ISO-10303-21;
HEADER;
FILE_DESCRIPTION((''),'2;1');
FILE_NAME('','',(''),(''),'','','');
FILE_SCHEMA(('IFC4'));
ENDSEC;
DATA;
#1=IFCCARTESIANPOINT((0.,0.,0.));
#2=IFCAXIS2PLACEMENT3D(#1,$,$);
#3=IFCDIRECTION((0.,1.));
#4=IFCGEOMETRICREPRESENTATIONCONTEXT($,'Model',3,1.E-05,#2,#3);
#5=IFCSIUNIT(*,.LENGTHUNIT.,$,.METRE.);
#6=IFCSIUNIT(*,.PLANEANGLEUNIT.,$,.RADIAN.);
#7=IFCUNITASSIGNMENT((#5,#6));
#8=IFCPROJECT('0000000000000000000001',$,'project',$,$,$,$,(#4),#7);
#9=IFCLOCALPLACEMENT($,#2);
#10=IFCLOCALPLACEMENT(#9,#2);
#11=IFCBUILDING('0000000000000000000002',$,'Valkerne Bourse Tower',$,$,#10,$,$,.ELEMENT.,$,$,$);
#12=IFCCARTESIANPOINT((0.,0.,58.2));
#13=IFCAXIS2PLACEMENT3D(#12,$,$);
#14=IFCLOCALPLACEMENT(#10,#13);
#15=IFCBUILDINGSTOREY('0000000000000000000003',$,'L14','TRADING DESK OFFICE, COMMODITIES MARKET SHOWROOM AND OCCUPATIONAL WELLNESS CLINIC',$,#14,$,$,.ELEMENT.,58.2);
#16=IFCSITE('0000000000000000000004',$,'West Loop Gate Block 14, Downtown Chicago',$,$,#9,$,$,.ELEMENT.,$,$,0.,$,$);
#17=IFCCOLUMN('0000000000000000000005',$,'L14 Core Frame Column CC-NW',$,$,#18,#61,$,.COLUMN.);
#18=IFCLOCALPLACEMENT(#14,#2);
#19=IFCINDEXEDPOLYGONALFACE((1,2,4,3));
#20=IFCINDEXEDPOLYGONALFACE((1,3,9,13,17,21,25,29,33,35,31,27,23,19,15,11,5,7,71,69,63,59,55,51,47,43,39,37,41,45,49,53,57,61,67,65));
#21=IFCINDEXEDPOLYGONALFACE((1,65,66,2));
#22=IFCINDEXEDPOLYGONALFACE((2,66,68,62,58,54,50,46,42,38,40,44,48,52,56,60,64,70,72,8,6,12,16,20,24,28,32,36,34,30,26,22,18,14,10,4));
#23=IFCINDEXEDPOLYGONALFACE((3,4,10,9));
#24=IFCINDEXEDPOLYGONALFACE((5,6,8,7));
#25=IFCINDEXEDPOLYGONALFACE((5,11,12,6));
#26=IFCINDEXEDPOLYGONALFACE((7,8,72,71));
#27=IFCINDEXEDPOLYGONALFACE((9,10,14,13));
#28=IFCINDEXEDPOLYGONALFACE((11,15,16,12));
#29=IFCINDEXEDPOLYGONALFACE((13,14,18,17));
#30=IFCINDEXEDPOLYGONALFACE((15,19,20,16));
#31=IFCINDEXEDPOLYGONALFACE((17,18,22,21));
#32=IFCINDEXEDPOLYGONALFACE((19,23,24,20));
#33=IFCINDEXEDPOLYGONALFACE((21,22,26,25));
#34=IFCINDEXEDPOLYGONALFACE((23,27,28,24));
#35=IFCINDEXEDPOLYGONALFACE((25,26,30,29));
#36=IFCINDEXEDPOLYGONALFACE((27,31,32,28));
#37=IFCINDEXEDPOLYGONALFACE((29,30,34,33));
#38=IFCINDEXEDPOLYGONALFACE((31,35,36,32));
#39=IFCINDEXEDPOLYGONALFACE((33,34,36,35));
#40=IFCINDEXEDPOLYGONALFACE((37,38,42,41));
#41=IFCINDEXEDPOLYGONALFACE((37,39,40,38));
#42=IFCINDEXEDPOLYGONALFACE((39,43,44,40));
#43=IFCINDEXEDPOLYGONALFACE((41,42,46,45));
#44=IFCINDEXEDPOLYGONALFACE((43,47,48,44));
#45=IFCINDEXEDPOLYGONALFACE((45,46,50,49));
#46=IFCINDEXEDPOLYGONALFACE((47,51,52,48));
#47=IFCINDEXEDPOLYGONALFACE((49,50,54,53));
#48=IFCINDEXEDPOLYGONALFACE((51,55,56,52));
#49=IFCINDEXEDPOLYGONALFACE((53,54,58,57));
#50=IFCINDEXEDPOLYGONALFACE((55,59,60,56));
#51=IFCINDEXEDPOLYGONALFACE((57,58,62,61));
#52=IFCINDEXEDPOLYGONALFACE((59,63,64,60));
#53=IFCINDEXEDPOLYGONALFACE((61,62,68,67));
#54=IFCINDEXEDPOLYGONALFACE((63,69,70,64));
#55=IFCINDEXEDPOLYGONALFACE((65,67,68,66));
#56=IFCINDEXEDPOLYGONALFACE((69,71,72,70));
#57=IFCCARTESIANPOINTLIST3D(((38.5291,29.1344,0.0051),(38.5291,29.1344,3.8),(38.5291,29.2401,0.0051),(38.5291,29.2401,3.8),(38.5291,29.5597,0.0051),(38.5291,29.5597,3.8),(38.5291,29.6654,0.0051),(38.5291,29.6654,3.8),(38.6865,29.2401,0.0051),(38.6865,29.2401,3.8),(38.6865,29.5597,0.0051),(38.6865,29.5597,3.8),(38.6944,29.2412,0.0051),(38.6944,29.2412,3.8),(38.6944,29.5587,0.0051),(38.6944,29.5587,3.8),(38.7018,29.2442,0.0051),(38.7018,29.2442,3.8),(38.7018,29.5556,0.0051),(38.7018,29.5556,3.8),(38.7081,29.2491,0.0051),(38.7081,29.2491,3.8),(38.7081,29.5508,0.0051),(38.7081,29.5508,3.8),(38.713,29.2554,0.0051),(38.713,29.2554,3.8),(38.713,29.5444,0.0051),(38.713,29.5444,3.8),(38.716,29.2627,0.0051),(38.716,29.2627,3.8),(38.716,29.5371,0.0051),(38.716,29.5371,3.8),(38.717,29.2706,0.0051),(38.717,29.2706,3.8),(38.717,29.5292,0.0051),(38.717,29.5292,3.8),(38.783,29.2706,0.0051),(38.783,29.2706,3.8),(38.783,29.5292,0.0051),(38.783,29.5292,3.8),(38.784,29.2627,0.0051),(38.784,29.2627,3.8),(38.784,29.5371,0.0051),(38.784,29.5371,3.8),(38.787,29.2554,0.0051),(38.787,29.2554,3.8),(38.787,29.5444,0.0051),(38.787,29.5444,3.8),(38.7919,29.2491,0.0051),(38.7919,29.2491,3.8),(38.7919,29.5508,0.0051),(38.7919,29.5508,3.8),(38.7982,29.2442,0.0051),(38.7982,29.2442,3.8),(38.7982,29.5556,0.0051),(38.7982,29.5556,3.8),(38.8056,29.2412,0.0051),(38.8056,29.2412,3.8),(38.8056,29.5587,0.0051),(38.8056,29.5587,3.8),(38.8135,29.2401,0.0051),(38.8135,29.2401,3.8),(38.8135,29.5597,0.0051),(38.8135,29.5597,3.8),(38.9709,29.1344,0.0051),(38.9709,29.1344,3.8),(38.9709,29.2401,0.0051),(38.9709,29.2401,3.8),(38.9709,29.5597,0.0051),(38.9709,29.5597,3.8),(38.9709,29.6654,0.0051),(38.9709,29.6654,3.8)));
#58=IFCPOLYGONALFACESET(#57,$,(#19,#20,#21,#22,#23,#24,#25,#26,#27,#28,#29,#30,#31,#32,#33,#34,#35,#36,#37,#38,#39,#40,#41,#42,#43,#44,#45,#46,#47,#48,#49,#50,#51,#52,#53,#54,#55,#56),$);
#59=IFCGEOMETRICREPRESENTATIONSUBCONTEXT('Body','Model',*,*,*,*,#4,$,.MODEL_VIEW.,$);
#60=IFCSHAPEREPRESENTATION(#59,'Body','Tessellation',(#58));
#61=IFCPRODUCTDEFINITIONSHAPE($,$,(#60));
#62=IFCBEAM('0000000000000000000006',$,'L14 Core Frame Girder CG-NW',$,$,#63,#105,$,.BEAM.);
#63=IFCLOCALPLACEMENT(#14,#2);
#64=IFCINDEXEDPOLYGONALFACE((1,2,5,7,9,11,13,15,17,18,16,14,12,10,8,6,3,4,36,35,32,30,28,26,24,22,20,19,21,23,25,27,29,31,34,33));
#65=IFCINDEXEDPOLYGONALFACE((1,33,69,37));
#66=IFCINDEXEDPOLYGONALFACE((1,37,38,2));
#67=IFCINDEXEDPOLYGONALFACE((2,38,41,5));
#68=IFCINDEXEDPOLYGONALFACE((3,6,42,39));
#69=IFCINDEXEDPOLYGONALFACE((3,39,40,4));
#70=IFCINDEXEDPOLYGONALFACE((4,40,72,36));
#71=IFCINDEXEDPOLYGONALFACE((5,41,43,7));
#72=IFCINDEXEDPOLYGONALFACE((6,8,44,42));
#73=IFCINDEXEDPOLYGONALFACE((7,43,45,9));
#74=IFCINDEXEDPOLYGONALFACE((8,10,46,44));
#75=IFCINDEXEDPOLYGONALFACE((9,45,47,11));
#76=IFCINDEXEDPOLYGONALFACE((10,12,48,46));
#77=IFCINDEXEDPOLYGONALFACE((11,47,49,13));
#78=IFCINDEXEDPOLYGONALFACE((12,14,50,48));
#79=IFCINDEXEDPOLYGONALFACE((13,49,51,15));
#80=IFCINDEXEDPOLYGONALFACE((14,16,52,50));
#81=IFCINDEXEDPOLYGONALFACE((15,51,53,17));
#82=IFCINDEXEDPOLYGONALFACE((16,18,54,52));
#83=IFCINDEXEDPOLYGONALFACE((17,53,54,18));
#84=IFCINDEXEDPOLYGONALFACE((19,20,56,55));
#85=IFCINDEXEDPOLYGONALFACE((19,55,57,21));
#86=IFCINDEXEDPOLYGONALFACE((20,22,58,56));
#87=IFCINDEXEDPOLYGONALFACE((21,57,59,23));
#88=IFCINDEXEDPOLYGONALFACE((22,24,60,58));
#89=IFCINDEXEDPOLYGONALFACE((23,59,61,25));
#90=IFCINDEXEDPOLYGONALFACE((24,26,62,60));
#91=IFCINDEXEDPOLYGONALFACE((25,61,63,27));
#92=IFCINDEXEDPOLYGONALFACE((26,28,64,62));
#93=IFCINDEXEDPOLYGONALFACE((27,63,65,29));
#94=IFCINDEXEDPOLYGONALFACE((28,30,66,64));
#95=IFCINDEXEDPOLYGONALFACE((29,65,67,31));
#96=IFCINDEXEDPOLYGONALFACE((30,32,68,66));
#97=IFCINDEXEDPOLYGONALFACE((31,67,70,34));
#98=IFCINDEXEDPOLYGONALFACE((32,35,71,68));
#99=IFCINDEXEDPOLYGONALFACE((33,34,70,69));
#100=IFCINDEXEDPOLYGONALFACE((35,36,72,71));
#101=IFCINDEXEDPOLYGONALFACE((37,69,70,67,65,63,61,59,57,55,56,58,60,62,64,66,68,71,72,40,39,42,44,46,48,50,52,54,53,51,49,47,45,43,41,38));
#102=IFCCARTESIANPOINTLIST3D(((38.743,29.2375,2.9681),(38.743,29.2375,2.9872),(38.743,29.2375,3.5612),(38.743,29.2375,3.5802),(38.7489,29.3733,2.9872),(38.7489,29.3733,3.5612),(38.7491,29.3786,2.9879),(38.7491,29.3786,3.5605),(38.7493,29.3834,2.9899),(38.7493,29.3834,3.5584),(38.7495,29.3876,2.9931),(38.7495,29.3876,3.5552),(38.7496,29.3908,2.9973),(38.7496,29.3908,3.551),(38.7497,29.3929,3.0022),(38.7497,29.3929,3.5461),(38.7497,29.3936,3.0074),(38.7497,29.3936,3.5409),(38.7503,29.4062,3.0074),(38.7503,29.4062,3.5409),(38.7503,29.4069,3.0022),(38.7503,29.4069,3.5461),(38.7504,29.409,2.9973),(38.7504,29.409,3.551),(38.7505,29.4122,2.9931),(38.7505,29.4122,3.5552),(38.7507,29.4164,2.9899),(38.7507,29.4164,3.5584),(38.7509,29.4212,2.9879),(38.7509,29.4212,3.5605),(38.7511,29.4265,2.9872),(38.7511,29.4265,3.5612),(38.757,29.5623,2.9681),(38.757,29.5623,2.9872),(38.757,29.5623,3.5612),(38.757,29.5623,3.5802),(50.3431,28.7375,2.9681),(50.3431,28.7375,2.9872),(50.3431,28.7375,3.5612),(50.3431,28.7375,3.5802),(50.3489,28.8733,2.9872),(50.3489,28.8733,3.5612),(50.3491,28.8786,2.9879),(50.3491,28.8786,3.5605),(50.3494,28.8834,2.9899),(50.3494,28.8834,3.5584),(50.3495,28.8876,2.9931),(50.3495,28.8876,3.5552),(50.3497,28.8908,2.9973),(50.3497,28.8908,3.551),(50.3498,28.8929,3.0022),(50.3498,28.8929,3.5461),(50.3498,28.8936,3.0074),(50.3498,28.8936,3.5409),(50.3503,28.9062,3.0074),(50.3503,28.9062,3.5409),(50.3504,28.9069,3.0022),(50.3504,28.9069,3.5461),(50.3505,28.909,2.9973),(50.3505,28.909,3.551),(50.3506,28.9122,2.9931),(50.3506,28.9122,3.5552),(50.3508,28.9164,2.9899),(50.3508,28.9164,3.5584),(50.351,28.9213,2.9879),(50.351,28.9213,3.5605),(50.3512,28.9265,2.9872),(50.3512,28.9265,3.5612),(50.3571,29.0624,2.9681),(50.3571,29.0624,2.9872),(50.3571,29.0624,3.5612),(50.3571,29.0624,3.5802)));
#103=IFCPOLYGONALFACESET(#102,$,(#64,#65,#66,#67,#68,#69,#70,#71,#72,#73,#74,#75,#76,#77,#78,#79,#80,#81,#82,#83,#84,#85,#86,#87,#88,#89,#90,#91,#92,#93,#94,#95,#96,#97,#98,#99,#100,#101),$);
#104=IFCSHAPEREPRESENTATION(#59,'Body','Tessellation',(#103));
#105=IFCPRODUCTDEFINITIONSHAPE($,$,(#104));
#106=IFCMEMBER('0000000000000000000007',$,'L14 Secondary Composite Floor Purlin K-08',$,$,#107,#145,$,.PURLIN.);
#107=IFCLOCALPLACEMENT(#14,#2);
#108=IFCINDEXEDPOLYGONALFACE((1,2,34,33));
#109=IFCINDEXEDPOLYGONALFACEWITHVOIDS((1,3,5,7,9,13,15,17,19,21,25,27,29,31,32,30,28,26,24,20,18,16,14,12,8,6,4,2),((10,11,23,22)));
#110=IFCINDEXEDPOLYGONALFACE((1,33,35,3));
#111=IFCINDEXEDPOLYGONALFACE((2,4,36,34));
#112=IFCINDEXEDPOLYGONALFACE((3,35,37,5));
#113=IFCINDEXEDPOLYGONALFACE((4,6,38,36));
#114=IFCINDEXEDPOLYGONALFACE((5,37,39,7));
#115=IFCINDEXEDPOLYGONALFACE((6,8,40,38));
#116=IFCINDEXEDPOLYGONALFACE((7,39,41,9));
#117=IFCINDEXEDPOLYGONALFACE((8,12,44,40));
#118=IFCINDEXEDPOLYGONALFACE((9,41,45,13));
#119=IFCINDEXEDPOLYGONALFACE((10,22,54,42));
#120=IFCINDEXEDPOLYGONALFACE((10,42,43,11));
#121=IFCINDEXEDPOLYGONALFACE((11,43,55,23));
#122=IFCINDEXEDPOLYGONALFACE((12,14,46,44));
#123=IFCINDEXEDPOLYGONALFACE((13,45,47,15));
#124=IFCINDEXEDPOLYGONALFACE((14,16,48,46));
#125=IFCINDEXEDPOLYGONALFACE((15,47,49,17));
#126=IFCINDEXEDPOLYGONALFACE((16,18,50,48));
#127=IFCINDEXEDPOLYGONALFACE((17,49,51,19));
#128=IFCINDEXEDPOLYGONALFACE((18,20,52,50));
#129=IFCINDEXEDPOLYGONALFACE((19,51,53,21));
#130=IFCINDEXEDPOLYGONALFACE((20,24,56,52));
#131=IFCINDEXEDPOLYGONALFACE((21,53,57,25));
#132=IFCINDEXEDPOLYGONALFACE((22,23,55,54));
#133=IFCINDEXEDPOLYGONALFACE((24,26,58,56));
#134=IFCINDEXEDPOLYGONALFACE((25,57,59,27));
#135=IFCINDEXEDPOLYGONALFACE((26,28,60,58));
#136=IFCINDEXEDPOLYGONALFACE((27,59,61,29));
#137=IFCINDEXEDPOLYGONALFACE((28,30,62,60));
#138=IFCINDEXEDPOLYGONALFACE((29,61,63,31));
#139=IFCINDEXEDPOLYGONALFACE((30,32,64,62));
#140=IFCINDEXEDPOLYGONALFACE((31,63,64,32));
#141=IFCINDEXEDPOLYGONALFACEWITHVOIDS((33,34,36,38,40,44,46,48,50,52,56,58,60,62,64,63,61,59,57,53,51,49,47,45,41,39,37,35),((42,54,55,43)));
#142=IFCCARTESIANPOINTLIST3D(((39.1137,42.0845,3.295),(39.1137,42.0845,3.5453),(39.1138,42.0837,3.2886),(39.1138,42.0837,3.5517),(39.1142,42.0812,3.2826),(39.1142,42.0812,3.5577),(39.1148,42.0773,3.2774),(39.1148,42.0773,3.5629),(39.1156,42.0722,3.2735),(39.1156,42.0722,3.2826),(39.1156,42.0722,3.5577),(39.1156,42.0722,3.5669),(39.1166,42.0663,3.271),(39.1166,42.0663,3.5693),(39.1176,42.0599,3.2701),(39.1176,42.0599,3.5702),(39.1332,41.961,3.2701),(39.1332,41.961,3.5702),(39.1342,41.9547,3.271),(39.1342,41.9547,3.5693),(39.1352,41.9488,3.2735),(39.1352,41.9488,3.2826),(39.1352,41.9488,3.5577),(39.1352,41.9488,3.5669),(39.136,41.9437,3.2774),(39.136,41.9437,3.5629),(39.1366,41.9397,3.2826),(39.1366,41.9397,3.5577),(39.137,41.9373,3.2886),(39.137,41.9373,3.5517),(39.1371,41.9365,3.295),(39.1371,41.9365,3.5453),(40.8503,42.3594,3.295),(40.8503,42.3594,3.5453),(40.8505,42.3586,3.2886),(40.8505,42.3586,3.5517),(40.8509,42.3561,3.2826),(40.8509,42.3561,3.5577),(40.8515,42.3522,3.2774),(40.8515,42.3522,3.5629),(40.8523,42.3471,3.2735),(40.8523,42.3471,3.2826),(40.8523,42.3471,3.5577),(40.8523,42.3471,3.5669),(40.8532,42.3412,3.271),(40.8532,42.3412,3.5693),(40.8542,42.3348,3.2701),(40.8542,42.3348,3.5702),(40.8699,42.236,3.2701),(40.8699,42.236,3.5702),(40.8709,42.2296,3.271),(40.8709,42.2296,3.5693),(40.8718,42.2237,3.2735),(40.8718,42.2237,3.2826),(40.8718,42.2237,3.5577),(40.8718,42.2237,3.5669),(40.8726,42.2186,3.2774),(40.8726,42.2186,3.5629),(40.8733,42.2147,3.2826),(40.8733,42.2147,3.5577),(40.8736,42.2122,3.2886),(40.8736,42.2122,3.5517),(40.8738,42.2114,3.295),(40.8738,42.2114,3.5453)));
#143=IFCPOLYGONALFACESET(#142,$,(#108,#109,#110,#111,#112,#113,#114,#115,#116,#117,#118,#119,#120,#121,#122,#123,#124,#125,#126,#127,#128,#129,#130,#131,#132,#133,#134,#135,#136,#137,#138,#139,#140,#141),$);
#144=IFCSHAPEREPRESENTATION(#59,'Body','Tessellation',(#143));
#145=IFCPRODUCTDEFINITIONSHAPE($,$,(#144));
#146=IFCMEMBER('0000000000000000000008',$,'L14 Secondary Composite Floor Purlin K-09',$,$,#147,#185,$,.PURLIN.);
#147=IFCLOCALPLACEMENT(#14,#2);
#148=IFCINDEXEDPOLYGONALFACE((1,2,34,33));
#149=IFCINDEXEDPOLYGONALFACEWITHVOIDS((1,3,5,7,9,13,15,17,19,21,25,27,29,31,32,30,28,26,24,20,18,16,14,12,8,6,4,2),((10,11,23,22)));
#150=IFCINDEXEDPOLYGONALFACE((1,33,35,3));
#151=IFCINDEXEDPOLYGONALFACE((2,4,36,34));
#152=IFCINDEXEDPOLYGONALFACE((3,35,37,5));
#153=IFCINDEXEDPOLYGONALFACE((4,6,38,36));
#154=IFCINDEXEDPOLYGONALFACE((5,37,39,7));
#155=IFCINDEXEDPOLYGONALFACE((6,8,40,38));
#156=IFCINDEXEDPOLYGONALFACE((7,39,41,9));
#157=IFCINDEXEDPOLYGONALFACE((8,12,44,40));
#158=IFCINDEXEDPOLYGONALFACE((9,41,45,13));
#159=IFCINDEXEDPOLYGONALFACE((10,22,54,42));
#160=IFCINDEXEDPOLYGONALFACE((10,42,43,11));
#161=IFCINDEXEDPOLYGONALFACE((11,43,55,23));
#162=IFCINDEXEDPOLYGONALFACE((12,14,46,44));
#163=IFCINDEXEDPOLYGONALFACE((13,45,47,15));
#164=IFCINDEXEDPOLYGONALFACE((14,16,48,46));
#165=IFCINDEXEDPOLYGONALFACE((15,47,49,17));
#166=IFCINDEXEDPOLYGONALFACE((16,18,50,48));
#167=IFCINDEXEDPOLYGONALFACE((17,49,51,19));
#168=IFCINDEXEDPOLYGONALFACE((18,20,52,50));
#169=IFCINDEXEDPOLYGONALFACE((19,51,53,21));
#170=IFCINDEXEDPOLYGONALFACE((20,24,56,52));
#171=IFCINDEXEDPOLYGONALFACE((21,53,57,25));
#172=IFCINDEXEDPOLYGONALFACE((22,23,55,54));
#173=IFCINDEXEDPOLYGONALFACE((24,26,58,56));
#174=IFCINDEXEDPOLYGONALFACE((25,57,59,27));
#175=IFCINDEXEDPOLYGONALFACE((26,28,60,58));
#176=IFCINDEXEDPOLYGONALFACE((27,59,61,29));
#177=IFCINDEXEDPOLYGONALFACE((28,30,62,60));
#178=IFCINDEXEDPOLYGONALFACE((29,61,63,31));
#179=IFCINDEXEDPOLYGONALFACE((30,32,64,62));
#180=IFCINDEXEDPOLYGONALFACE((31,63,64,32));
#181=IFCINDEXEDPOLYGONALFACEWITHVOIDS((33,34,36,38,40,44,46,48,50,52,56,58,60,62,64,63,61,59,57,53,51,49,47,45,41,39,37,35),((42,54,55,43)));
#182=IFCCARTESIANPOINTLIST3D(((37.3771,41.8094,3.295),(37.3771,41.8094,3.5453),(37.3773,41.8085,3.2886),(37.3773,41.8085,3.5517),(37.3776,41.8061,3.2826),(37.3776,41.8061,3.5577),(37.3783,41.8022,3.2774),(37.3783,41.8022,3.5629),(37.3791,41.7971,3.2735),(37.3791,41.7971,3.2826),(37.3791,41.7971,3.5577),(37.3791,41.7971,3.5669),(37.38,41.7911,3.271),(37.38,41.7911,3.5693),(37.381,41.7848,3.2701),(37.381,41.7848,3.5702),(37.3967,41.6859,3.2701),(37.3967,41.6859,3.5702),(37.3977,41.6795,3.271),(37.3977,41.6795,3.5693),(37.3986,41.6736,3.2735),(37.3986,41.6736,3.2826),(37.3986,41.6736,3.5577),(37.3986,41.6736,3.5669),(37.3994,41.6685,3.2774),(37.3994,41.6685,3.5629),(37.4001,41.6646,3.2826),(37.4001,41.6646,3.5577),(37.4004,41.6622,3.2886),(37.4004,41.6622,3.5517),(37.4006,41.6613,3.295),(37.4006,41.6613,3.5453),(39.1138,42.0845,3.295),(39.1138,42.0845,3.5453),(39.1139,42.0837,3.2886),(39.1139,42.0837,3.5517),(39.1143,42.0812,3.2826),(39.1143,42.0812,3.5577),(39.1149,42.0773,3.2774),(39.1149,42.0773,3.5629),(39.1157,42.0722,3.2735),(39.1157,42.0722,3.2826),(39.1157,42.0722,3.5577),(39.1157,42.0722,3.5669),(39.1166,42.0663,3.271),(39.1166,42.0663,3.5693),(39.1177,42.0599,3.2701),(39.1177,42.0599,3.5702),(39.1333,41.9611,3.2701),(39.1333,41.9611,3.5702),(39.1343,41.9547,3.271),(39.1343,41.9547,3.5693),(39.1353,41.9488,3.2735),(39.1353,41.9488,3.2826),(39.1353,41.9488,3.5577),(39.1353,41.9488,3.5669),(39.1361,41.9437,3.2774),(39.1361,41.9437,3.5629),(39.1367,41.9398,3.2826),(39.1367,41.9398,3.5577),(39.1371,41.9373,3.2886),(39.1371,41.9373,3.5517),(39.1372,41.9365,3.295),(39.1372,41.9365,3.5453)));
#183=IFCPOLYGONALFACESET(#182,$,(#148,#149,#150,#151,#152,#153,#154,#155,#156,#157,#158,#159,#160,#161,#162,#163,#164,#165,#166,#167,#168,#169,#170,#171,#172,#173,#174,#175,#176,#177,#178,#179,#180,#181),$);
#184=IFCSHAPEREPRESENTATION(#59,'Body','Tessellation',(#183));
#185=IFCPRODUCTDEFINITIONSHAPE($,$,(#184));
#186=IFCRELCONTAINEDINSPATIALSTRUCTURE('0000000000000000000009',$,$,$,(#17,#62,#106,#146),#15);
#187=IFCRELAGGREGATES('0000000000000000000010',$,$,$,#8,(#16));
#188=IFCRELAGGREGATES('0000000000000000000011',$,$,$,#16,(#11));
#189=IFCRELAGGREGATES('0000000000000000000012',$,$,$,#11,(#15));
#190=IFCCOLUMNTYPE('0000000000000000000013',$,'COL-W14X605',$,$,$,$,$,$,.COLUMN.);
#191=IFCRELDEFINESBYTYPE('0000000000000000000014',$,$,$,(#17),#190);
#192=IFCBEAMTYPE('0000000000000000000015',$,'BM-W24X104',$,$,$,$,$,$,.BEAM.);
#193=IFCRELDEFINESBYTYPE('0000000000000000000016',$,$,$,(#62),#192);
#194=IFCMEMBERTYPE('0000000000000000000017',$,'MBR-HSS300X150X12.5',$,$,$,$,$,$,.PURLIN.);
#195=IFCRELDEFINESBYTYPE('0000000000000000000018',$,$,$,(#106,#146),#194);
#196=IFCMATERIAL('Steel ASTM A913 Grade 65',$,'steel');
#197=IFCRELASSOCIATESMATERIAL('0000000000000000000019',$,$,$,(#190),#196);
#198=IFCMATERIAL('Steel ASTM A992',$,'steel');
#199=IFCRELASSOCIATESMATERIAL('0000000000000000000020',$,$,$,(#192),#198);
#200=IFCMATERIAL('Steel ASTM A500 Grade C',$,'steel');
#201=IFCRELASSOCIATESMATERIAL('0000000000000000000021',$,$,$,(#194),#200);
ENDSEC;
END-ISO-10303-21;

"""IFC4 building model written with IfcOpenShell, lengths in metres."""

from ifc_helpers import new_model, si_unit, direction, frame, origin, origin_2d, place, context, subcontext, project, spatial, hollow_rectangle, i_section, extrude, material, material_profile, profile_set, type_object, element, save


model = new_model("IFC4")

# Units and contexts
model_context = context("Model", 3, precision=1e-05, world=origin(), true_north=direction((0.0, 1.0)))
body_context = subcontext(model_context, "Body", "Model", "MODEL_VIEW")
ifc_project = project(units=[si_unit("LENGTHUNIT", "METRE"), si_unit("PLANEANGLEUNIT", "RADIAN")], contexts=[model_context])

# Site, building, storey
site_placement = place(None, origin())
site = spatial("IfcSite", under=ifc_project, at=site_placement, Name="West Loop Gate Block 14, Downtown Chicago", CompositionType="ELEMENT", RefElevation=0.0)
building_placement = place(site_placement, origin())
building = spatial("IfcBuilding", under=site, at=building_placement, Name="Valkerne Bourse Tower", CompositionType="ELEMENT")
storey_placement = place(building_placement, frame((0.0, 0.0, 58.2)))
storey = spatial("IfcBuildingStorey", under=building, at=storey_placement, Name="L14", Description="TRADING DESK OFFICE, COMMODITIES MARKET SHOWROOM AND OCCUPATIONAL WELLNESS CLINIC", CompositionType="ELEMENT", Elevation=58.2)

# Column
ifc_material_1 = material(Name="Steel ASTM A913 Grade 65", Category="steel")
ifc_material_profile_1 = material_profile(ifc_material_1, i_section(OverallWidth=0.4419, OverallDepth=0.531, WebThickness=0.0659, FlangeThickness=0.1057, FilletRadius=0.0305, at=origin_2d()), Name="W14X605")
ifc_profile_set_1 = profile_set([ifc_material_profile_1], Name="Steel ASTM A913 Grade 65")
column_type = type_object("IfcColumnType", Name="COL-W14X605", PredefinedType="COLUMN", material=ifc_profile_set_1)
column_placement = place(storey_placement, frame((38.75, 29.3999, 0.0051), z_axis=(0.0, 0.0, 1.0), x_axis=(1.0, 0.0, 0.0)))
element("IfcColumn", 1, at=column_placement, inside=storey, type_object=column_type, Name="L14 Core Frame Column CC-NW", PredefinedType="COLUMN", context=body_context, shape_type="SweptSolid", body=[
    extrude(i_section(OverallWidth=0.4419, OverallDepth=0.531, WebThickness=0.0659, FlangeThickness=0.1057, FilletRadius=0.0305, at=origin_2d()), origin(), (0.0, 0.0, 1.0), 3.7949),
])

# Beam
ifc_material_2 = material(Name="Steel ASTM A992", Category="steel")
ifc_material_profile_2 = material_profile(ifc_material_2, i_section(OverallWidth=0.3252, OverallDepth=0.6121, WebThickness=0.0127, FlangeThickness=0.019, FilletRadius=0.0203, at=origin_2d()), Name="W24X104")
ifc_profile_set_2 = profile_set([ifc_material_profile_2], Name="Steel ASTM A992")
beam_type = type_object("IfcBeamType", Name="BM-W24X104", PredefinedType="BEAM", material=ifc_profile_set_2)
beam_placement = place(storey_placement, frame((38.75, 29.3999, 3.2742), z_axis=(0.999072, -0.043063, 0.0), x_axis=(0.043063, 0.999072, 0.0)))
element("IfcBeam", 2, at=beam_placement, inside=storey, type_object=beam_type, Name="L14 Core Frame Girder CG-NW", PredefinedType="BEAM", context=body_context, shape_type="SweptSolid", body=[
    extrude(i_section(OverallWidth=0.3252, OverallDepth=0.6121, WebThickness=0.0127, FlangeThickness=0.019, FilletRadius=0.0203, at=origin_2d()), origin(), (0.0, 0.0, 1.0), 11.6108),
])

# Members
ifc_material_3 = material(Name="Steel ASTM A500 Grade C", Category="steel")
ifc_material_profile_3 = material_profile(ifc_material_3, hollow_rectangle(XDim=0.1499, YDim=0.3, WallThickness=0.0125, OuterFilletRadius=0.0249, at=origin_2d()), Name="HSS300X150X12.5")
ifc_profile_set_3 = profile_set([ifc_material_profile_3], Name="Steel ASTM A500 Grade C")
member_type = type_object("IfcMemberType", Name="MBR-HSS300X150X12.5", PredefinedType="PURLIN", material=ifc_profile_set_3)
for number, where, z_axis, x_axis, name in (
    (3, (40.8621, 42.2854, 3.4202), (-0.987701, -0.156355, 0.0), (0.156355, -0.987701, 0.0), "L14 Secondary Composite Floor Purlin K-08"),
    (4, (39.1255, 42.0105, 3.4202), (-0.98768, -0.15649, 0.0), (0.15649, -0.98768, 0.0), "L14 Secondary Composite Floor Purlin K-09"),
):
    element("IfcMember", number, at=place(storey_placement, frame(where, z_axis=z_axis, x_axis=x_axis)), inside=storey, type_object=member_type, Name=name, PredefinedType="PURLIN", context=body_context, shape_type="SweptSolid", body=[
        extrude(hollow_rectangle(XDim=0.1499, YDim=0.3, WallThickness=0.0125, OuterFilletRadius=0.0249, at=origin_2d()), origin(), (0.0, 0.0, 1.0), 1.7583),
    ])

save(model, "model.ifc")
